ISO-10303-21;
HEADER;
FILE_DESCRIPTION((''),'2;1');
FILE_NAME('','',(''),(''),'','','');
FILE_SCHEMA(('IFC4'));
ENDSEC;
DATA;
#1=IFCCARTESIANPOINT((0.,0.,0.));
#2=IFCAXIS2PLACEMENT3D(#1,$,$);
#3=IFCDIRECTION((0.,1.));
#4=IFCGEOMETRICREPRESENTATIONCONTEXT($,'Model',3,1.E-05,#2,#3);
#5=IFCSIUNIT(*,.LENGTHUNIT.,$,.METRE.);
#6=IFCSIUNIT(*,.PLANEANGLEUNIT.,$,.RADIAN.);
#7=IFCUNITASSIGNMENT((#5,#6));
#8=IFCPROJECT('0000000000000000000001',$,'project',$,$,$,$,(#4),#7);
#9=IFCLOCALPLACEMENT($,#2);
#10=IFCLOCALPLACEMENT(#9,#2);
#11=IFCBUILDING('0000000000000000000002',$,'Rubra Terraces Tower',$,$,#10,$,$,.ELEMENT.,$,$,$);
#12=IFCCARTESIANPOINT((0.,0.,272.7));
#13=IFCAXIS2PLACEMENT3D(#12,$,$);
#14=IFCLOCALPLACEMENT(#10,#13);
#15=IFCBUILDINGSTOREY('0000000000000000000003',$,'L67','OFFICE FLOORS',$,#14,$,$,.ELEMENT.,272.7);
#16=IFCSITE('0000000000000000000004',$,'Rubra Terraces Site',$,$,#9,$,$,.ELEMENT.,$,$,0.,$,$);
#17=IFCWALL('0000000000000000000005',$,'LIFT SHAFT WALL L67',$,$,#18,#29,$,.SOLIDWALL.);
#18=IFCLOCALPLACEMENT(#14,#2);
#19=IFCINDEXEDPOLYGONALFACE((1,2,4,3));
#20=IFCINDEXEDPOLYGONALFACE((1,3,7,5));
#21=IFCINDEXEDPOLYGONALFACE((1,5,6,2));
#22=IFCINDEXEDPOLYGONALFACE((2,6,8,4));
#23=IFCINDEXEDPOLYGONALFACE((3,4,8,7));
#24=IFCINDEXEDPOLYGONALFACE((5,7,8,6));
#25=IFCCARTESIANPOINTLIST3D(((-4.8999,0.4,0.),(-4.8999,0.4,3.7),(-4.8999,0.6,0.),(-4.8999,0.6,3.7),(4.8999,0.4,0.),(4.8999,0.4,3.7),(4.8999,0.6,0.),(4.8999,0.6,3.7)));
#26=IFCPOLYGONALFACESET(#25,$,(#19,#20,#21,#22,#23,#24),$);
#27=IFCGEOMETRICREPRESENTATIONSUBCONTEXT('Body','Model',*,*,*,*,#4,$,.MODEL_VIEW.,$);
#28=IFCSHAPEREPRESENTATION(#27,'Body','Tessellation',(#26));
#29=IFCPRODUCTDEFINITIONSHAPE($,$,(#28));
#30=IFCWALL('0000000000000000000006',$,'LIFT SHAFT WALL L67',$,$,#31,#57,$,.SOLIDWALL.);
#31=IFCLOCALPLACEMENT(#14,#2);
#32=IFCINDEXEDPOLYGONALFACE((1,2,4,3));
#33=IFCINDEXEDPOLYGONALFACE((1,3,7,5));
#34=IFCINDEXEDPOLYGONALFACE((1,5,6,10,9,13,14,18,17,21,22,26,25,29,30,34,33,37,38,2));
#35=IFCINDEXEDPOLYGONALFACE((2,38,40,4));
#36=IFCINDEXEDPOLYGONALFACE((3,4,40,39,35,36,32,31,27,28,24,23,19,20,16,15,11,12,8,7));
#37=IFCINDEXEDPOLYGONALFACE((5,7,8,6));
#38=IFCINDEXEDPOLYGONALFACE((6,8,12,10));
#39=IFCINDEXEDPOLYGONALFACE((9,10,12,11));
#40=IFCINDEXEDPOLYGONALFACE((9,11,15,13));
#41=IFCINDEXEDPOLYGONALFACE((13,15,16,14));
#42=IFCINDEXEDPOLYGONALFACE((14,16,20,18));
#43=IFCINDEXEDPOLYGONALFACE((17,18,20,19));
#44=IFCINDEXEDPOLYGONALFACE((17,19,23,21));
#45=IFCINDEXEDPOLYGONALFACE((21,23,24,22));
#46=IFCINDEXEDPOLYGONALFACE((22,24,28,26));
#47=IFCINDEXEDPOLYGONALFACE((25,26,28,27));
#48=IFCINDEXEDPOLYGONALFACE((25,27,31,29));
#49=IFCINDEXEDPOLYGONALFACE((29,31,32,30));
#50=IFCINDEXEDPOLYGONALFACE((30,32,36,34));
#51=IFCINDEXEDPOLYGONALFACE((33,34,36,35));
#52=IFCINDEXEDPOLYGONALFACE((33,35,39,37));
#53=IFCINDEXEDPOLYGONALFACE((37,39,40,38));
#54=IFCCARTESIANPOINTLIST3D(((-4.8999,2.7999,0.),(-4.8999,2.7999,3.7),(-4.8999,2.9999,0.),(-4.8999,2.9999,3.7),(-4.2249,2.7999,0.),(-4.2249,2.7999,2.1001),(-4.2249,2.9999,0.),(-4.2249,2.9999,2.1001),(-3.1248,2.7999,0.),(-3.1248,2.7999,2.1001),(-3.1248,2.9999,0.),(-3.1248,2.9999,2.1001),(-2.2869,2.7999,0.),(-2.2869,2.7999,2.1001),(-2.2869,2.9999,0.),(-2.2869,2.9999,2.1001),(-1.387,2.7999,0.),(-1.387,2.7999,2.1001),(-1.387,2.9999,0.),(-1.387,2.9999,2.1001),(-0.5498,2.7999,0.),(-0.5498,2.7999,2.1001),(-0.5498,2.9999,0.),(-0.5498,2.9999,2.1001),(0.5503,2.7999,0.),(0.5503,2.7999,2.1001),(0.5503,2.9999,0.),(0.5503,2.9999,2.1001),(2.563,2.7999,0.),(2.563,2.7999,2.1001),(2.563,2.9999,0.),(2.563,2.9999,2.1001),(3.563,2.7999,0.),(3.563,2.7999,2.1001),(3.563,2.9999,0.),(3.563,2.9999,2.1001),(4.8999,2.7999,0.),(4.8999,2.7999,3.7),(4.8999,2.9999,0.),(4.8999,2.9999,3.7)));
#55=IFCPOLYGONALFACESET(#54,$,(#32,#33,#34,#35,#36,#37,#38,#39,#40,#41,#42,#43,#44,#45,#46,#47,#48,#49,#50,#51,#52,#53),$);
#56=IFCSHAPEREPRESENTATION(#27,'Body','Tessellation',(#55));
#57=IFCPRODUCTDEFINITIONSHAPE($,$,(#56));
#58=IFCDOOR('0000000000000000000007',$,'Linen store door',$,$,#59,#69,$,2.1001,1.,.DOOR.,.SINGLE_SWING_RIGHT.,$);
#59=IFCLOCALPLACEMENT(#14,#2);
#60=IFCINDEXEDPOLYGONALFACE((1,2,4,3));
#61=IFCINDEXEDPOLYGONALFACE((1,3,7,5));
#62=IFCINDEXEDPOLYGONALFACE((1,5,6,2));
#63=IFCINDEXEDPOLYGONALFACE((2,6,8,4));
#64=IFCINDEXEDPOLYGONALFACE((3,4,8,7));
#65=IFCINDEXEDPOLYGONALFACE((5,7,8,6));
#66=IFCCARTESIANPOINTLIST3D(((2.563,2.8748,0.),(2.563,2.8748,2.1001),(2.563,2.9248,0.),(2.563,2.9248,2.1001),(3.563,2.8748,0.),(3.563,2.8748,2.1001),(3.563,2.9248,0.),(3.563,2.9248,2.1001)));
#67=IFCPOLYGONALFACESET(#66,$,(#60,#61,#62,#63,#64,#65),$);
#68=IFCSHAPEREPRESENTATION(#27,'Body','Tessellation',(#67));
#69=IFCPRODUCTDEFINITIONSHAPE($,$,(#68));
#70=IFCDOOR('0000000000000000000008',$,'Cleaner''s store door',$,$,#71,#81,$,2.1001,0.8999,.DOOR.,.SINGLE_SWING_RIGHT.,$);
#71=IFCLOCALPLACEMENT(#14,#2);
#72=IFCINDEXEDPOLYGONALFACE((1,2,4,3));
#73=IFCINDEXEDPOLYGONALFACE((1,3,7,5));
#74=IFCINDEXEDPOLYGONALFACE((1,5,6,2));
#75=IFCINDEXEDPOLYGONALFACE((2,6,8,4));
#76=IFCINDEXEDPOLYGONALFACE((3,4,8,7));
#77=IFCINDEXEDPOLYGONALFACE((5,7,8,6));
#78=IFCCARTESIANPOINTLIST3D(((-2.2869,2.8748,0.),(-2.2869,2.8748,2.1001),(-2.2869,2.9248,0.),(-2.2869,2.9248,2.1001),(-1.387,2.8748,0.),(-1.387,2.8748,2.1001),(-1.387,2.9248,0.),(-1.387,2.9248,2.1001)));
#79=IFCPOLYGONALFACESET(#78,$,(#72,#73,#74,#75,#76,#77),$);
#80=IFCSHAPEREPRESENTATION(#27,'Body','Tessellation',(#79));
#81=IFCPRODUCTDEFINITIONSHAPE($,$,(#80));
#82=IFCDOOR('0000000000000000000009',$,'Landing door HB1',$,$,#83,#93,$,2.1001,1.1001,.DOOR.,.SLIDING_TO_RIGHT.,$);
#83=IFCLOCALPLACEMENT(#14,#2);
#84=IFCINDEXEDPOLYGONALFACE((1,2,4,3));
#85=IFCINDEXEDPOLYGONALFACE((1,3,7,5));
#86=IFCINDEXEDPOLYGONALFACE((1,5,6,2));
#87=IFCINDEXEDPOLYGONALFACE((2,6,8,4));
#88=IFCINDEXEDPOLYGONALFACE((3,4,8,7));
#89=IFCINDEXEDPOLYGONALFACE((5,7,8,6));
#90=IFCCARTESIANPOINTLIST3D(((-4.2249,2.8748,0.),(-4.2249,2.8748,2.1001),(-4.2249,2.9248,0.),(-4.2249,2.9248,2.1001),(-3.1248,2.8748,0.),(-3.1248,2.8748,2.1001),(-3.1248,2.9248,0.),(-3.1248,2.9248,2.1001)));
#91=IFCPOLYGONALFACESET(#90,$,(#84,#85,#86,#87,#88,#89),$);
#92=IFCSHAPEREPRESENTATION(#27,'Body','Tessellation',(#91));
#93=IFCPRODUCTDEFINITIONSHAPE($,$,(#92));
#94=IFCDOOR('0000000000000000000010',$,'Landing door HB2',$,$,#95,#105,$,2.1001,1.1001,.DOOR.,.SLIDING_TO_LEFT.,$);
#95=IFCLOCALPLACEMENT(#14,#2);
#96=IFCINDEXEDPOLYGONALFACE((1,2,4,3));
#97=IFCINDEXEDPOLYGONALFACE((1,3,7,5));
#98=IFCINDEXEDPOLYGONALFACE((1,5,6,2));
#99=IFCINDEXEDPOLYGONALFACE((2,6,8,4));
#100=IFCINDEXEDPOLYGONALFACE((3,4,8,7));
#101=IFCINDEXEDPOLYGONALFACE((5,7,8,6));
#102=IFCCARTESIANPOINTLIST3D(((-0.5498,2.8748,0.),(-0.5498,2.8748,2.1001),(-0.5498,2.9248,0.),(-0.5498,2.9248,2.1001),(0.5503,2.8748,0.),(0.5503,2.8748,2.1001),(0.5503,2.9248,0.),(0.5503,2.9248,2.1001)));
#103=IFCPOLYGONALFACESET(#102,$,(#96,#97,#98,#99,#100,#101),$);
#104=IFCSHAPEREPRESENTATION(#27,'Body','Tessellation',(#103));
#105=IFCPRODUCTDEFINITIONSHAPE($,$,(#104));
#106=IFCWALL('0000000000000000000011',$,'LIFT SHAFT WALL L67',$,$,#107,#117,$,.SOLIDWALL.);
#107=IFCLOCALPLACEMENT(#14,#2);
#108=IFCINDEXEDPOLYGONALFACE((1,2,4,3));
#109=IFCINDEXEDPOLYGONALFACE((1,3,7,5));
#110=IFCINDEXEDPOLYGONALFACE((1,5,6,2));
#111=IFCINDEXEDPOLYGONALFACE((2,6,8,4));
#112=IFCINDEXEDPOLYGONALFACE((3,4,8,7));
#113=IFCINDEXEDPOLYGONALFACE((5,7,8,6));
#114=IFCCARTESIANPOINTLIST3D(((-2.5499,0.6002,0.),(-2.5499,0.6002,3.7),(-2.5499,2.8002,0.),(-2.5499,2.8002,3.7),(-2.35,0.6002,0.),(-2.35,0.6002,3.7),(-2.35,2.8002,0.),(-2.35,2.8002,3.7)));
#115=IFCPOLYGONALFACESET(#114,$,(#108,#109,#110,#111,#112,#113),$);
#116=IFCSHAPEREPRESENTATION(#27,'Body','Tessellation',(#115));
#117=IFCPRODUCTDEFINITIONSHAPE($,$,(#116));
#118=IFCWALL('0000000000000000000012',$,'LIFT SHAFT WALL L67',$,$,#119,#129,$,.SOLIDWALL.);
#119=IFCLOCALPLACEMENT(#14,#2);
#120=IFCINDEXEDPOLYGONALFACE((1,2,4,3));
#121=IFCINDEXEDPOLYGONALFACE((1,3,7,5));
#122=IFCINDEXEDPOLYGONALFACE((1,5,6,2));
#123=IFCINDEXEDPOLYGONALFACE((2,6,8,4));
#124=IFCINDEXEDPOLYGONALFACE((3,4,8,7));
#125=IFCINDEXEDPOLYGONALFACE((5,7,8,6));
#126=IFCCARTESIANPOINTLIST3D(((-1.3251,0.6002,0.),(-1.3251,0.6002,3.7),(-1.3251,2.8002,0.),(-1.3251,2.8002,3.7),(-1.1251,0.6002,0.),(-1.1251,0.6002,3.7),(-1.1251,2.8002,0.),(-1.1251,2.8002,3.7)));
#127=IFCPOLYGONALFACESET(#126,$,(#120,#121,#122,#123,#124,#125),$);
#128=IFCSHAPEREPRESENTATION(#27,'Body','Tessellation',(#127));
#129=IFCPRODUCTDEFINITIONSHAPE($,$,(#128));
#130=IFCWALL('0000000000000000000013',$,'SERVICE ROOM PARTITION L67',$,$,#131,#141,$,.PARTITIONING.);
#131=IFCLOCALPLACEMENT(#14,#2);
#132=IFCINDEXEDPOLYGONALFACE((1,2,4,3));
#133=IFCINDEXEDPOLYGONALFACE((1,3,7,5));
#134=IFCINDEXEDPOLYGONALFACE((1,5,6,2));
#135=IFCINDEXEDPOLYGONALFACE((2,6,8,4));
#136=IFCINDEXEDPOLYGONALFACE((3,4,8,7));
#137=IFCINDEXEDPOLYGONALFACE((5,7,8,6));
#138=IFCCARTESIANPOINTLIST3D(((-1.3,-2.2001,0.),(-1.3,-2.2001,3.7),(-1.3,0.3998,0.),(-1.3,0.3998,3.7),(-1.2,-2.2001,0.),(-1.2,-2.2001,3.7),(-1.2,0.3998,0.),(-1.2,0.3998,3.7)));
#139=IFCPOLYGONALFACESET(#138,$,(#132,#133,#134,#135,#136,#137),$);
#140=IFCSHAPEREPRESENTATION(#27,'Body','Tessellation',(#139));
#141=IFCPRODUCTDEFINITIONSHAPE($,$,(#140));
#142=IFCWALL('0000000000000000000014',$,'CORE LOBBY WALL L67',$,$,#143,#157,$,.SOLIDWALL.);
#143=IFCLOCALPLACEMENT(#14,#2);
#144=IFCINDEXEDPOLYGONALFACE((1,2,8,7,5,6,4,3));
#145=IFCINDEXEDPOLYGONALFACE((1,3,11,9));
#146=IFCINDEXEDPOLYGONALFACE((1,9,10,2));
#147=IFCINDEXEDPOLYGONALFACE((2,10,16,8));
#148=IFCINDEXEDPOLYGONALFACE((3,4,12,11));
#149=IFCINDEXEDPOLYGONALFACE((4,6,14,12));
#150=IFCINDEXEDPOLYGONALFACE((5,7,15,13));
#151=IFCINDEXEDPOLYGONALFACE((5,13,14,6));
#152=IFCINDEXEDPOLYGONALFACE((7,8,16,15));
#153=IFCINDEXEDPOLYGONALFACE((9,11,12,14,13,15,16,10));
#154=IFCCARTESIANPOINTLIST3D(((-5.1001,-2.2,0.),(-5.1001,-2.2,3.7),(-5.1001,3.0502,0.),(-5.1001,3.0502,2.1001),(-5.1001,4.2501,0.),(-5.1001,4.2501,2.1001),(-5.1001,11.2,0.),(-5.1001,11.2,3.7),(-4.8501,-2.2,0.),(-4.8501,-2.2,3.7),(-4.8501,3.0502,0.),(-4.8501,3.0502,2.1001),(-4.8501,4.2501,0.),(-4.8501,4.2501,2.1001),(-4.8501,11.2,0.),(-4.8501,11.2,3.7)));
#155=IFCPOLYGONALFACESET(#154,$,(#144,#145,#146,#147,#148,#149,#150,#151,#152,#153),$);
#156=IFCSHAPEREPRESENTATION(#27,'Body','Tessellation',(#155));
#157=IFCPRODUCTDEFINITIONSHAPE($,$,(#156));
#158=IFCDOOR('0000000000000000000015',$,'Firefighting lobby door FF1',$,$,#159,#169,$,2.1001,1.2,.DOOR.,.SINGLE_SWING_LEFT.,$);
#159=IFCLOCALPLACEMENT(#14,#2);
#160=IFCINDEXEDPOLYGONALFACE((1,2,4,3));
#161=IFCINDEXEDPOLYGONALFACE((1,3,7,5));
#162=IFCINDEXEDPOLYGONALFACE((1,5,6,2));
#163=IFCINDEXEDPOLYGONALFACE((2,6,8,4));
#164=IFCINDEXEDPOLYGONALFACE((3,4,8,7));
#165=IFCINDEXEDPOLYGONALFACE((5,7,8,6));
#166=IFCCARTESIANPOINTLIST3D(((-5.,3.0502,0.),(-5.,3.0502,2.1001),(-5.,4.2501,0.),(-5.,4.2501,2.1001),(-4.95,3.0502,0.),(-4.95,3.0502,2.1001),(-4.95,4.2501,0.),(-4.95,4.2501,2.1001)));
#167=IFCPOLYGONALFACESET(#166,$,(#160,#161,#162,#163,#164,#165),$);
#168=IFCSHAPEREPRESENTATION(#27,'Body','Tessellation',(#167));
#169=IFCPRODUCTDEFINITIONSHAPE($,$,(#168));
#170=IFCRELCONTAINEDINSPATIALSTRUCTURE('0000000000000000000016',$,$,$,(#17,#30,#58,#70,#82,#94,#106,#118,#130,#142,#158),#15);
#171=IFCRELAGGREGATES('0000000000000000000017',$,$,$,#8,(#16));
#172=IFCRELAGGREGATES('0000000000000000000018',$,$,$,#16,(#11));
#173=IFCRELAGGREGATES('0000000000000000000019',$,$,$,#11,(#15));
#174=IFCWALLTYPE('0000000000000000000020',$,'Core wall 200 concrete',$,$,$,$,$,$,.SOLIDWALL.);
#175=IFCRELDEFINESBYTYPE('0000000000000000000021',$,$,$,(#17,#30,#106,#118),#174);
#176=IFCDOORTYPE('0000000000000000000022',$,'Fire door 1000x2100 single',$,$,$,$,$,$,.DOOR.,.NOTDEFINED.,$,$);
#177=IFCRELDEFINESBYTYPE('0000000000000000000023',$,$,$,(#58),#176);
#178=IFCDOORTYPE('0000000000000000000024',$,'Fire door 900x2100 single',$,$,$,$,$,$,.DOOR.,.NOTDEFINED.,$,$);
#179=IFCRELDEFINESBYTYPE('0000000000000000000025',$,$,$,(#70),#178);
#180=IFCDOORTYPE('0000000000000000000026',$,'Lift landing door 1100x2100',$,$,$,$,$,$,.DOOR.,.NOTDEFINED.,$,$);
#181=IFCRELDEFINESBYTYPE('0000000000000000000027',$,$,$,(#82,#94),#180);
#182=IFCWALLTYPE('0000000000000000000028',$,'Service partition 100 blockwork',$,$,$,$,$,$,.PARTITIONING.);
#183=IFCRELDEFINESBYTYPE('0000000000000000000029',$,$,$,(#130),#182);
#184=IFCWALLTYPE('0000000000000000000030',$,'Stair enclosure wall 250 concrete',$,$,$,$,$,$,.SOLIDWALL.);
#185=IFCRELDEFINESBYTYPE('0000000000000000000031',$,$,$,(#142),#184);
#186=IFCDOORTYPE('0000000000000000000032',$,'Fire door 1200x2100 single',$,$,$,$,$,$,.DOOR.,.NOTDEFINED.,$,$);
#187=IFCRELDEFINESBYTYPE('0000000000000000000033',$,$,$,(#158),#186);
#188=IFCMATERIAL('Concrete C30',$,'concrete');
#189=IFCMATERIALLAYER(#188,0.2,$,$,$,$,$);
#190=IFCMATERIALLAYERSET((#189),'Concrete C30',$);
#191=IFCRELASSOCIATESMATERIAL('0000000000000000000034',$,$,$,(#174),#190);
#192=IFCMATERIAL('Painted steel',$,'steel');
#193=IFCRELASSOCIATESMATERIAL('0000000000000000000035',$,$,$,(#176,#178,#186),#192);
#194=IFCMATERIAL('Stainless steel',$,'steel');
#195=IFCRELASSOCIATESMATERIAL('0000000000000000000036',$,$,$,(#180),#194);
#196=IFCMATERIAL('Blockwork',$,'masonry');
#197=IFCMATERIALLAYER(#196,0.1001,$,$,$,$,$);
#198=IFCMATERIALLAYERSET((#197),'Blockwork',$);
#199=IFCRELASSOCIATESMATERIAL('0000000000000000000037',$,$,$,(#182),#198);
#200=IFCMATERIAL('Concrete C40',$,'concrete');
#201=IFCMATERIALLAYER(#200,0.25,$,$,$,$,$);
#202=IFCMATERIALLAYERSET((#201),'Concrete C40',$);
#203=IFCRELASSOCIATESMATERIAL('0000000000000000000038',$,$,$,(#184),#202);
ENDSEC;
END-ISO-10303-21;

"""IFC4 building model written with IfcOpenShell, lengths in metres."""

from ifc_helpers import new_model, si_unit, direction, frame, frame_2d, origin, place, context, subcontext, project, spatial, rectangle, extrude, material, layer, layer_set, type_object, element, fill, save


model = new_model("IFC4")

# Units and contexts
model_context = context("Model", 3, precision=1e-05, world=origin(), true_north=direction((0.0, 1.0)))
body_context = subcontext(model_context, "Body", "Model", "MODEL_VIEW")
ifc_project = project(units=[si_unit("LENGTHUNIT", "METRE"), si_unit("PLANEANGLEUNIT", "RADIAN")], contexts=[model_context])

# Site, building, storey
site_placement = place(None, origin())
site = spatial("IfcSite", under=ifc_project, at=site_placement, Name="Rubra Terraces Site", CompositionType="ELEMENT", RefElevation=0.0)
building_placement = place(site_placement, origin())
building = spatial("IfcBuilding", under=site, at=building_placement, Name="Rubra Terraces Tower", CompositionType="ELEMENT")
storey_placement = place(building_placement, frame((0.0, 0.0, 272.7)))
storey = spatial("IfcBuildingStorey", under=building, at=storey_placement, Name="L67", Description="OFFICE FLOORS", CompositionType="ELEMENT", Elevation=272.7)

# Wall
ifc_material_1 = material(Name="Concrete C30", Category="concrete")
ifc_layer_1 = layer(ifc_material_1, 0.2)
ifc_layer_set_1 = layer_set([ifc_layer_1], Name="Concrete C30")
wall_type_1 = type_object("IfcWallType", Name="Core wall 200 concrete", PredefinedType="SOLIDWALL", material=ifc_layer_set_1)
wall_1_placement = place(storey_placement, frame((-4.8999, 0.5, 0.0), z_axis=(0.0, 0.0, 1.0), x_axis=(1.0, 0.0, 0.0)))
element("IfcWall", 1, at=wall_1_placement, inside=storey, type_object=wall_type_1, Name="LIFT SHAFT WALL L67", PredefinedType="SOLIDWALL", context=body_context, shape_type="SweptSolid", body=[
    extrude(rectangle(XDim=9.7998, YDim=0.2, at=frame_2d((4.8999, 0.0))), origin(), (0.0, 0.0, 1.0), 3.7),
])

# Wall, openings, doors
wall_2_placement = place(storey_placement, frame((-4.8999, 2.8999, 0.0), z_axis=(0.0, 0.0, 1.0), x_axis=(1.0, 0.0, 0.0)))
wall_2 = element("IfcWall", 2, at=wall_2_placement, inside=storey, type_object=wall_type_1, Name="LIFT SHAFT WALL L67", PredefinedType="SOLIDWALL", context=body_context, shape_type="SweptSolid", body=[
    extrude(rectangle(XDim=9.7998, YDim=0.2, at=frame_2d((4.8999, 0.0))), origin(), (0.0, 0.0, 1.0), 3.7),
])
opening_1_placement = place(wall_2_placement, frame((0.675, 0.0, 0.0)))
opening_1 = element("IfcOpeningElement", 3, at=opening_1_placement, cuts=wall_2, PredefinedType="OPENING", context=body_context, shape_type="SweptSolid", body=[
    extrude(rectangle(XDim=1.1001, YDim=2.1001, at=frame_2d((0.55, 1.05))), frame((0.0, 0.1099, 0.0), z_axis=(0.0, -1.0, 0.0), x_axis=(1.0, 0.0, 0.0)), (0.0, 0.0, 1.0), 0.22),
])
opening_2_placement = place(wall_2_placement, frame((2.613, 0.0, 0.0)))
opening_2 = element("IfcOpeningElement", 4, at=opening_2_placement, cuts=wall_2, PredefinedType="OPENING", context=body_context, shape_type="SweptSolid", body=[
    extrude(rectangle(XDim=0.8999, YDim=2.1001, at=frame_2d((0.45, 1.05))), frame((0.0, 0.1099, 0.0), z_axis=(0.0, -1.0, 0.0), x_axis=(1.0, 0.0, 0.0)), (0.0, 0.0, 1.0), 0.22),
])
opening_3_placement = place(wall_2_placement, frame((4.3501, 0.0, 0.0)))
opening_3 = element("IfcOpeningElement", 5, at=opening_3_placement, cuts=wall_2, PredefinedType="OPENING", context=body_context, shape_type="SweptSolid", body=[
    extrude(rectangle(XDim=1.1001, YDim=2.1001, at=frame_2d((0.55, 1.05))), frame((0.0, 0.1099, 0.0), z_axis=(0.0, -1.0, 0.0), x_axis=(1.0, 0.0, 0.0)), (0.0, 0.0, 1.0), 0.22),
])
opening_4_placement = place(wall_2_placement, frame((7.4629, 0.0, 0.0)))
opening_4 = element("IfcOpeningElement", 6, at=opening_4_placement, cuts=wall_2, PredefinedType="OPENING", context=body_context, shape_type="SweptSolid", body=[
    extrude(rectangle(XDim=1.0, YDim=2.1001, at=frame_2d((0.5, 1.05))), frame((0.0, 0.1099, 0.0), z_axis=(0.0, -1.0, 0.0), x_axis=(1.0, 0.0, 0.0)), (0.0, 0.0, 1.0), 0.22),
])
ifc_material_2 = material(Name="Painted steel", Category="steel")
door_type_1 = type_object("IfcDoorType", Name="Fire door 1000x2100 single", OperationType="NOTDEFINED", PredefinedType="DOOR", material=ifc_material_2)
door_1_placement = place(opening_4_placement, origin())
door_1 = element("IfcDoor", 7, at=door_1_placement, inside=storey, type_object=door_type_1, Name="Linen store door", OperationType="SINGLE_SWING_RIGHT", OverallHeight=2.1001, OverallWidth=1.0, PredefinedType="DOOR", context=body_context, shape_type="SweptSolid", body=[
    extrude(rectangle(XDim=1.0, YDim=2.1001, at=frame_2d((0.5, 1.05))), frame((0.0, 0.0249, 0.0), z_axis=(0.0, -1.0, 0.0), x_axis=(1.0, 0.0, 0.0)), (0.0, 0.0, 1.0), 0.05),
])
fill(opening_4, door_1)
door_type_2 = type_object("IfcDoorType", Name="Fire door 900x2100 single", OperationType="NOTDEFINED", PredefinedType="DOOR", material=ifc_material_2)
door_2_placement = place(opening_2_placement, origin())
door_2 = element("IfcDoor", 8, at=door_2_placement, inside=storey, type_object=door_type_2, Name="Cleaner's store door", OperationType="SINGLE_SWING_RIGHT", OverallHeight=2.1001, OverallWidth=0.8999, PredefinedType="DOOR", context=body_context, shape_type="SweptSolid", body=[
    extrude(rectangle(XDim=0.8999, YDim=2.1001, at=frame_2d((0.45, 1.05))), frame((0.0, 0.0249, 0.0), z_axis=(0.0, -1.0, 0.0), x_axis=(1.0, 0.0, 0.0)), (0.0, 0.0, 1.0), 0.05),
])
fill(opening_2, door_2)
ifc_material_3 = material(Name="Stainless steel", Category="steel")
door_type_3 = type_object("IfcDoorType", Name="Lift landing door 1100x2100", OperationType="NOTDEFINED", PredefinedType="DOOR", material=ifc_material_3)
door_3_placement = place(opening_1_placement, origin())
door_3 = element("IfcDoor", 9, at=door_3_placement, inside=storey, type_object=door_type_3, Name="Landing door HB1", OperationType="SLIDING_TO_RIGHT", OverallHeight=2.1001, OverallWidth=1.1001, PredefinedType="DOOR", context=body_context, shape_type="SweptSolid", body=[
    extrude(rectangle(XDim=1.1001, YDim=2.1001, at=frame_2d((0.55, 1.05))), frame((0.0, 0.0249, 0.0), z_axis=(0.0, -1.0, 0.0), x_axis=(1.0, 0.0, 0.0)), (0.0, 0.0, 1.0), 0.05),
])
fill(opening_1, door_3)
door_4_placement = place(opening_3_placement, origin())
door_4 = element("IfcDoor", 10, at=door_4_placement, inside=storey, type_object=door_type_3, Name="Landing door HB2", OperationType="SLIDING_TO_LEFT", OverallHeight=2.1001, OverallWidth=1.1001, PredefinedType="DOOR", context=body_context, shape_type="SweptSolid", body=[
    extrude(rectangle(XDim=1.1001, YDim=2.1001, at=frame_2d((0.55, 1.05))), frame((0.0, 0.0249, 0.0), z_axis=(0.0, -1.0, 0.0), x_axis=(1.0, 0.0, 0.0)), (0.0, 0.0, 1.0), 0.05),
])
fill(opening_3, door_4)

# Walls
for number, where, z_axis, x_axis, name in (
    (11, (-2.45, 0.6001, 0.0), (0.0, 0.0, 1.0), (0.0, 1.0, 0.0), "LIFT SHAFT WALL L67"),
    (12, (-1.2251, 0.6001, 0.0), (0.0, 0.0, 1.0), (0.0, 1.0, 0.0), "LIFT SHAFT WALL L67"),
):
    element("IfcWall", number, at=place(storey_placement, frame(where, z_axis=z_axis, x_axis=x_axis)), inside=storey, type_object=wall_type_1, Name=name, PredefinedType="SOLIDWALL", context=body_context, shape_type="SweptSolid", body=[
        extrude(rectangle(XDim=2.2, YDim=0.2, at=frame_2d((1.1001, 0.0))), origin(), (0.0, 0.0, 1.0), 3.7),
    ])
ifc_material_4 = material(Name="Blockwork", Category="masonry")
ifc_layer_2 = layer(ifc_material_4, 0.1001)
ifc_layer_set_2 = layer_set([ifc_layer_2], Name="Blockwork")
wall_type_2 = type_object("IfcWallType", Name="Service partition 100 blockwork", PredefinedType="PARTITIONING", material=ifc_layer_set_2)
wall_3_placement = place(storey_placement, frame((-1.25, -2.2, 0.0), z_axis=(0.0, 0.0, 1.0), x_axis=(0.0, 1.0, 0.0)))
element("IfcWall", 13, at=wall_3_placement, inside=storey, type_object=wall_type_2, Name="SERVICE ROOM PARTITION L67", PredefinedType="PARTITIONING", context=body_context, shape_type="SweptSolid", body=[
    extrude(rectangle(XDim=2.5999, YDim=0.1001, at=frame_2d((1.2998, 0.0))), origin(), (0.0, 0.0, 1.0), 3.7),
])

# Wall, opening, door
ifc_material_5 = material(Name="Concrete C40", Category="concrete")
ifc_layer_3 = layer(ifc_material_5, 0.25)
ifc_layer_set_3 = layer_set([ifc_layer_3], Name="Concrete C40")
wall_type_3 = type_object("IfcWallType", Name="Stair enclosure wall 250 concrete", PredefinedType="SOLIDWALL", material=ifc_layer_set_3)
wall_4_placement = place(storey_placement, frame((-4.9751, -2.2, 0.0), z_axis=(0.0, 0.0, 1.0), x_axis=(0.0, 1.0, 0.0)))
wall_4 = element("IfcWall", 14, at=wall_4_placement, inside=storey, type_object=wall_type_3, Name="CORE LOBBY WALL L67", PredefinedType="SOLIDWALL", context=body_context, shape_type="SweptSolid", body=[
    extrude(rectangle(XDim=13.3999, YDim=0.25, at=frame_2d((6.7, 0.0))), origin(), (0.0, 0.0, 1.0), 3.7),
])
opening_5_placement = place(wall_4_placement, frame((5.25, 0.0, 0.0)))
opening_5 = element("IfcOpeningElement", 15, at=opening_5_placement, cuts=wall_4, PredefinedType="OPENING", context=body_context, shape_type="SweptSolid", body=[
    extrude(rectangle(XDim=1.2, YDim=2.1001, at=frame_2d((0.6001, 1.05))), frame((0.0, 0.135, 0.0), z_axis=(0.0, -1.0, 0.0), x_axis=(1.0, 0.0, 0.0)), (0.0, 0.0, 1.0), 0.27),
])
door_type_4 = type_object("IfcDoorType", Name="Fire door 1200x2100 single", OperationType="NOTDEFINED", PredefinedType="DOOR", material=ifc_material_2)
door_5_placement = place(opening_5_placement, origin())
door_5 = element("IfcDoor", 16, at=door_5_placement, inside=storey, type_object=door_type_4, Name="Firefighting lobby door FF1", OperationType="SINGLE_SWING_LEFT", OverallHeight=2.1001, OverallWidth=1.2, PredefinedType="DOOR", context=body_context, shape_type="SweptSolid", body=[
    extrude(rectangle(XDim=1.2, YDim=2.1001, at=frame_2d((0.6001, 1.05))), frame((0.0, 0.0249, 0.0), z_axis=(0.0, -1.0, 0.0), x_axis=(1.0, 0.0, 0.0)), (0.0, 0.0, 1.0), 0.05),
])
fill(opening_5, door_5)

save(model, "model.ifc")
